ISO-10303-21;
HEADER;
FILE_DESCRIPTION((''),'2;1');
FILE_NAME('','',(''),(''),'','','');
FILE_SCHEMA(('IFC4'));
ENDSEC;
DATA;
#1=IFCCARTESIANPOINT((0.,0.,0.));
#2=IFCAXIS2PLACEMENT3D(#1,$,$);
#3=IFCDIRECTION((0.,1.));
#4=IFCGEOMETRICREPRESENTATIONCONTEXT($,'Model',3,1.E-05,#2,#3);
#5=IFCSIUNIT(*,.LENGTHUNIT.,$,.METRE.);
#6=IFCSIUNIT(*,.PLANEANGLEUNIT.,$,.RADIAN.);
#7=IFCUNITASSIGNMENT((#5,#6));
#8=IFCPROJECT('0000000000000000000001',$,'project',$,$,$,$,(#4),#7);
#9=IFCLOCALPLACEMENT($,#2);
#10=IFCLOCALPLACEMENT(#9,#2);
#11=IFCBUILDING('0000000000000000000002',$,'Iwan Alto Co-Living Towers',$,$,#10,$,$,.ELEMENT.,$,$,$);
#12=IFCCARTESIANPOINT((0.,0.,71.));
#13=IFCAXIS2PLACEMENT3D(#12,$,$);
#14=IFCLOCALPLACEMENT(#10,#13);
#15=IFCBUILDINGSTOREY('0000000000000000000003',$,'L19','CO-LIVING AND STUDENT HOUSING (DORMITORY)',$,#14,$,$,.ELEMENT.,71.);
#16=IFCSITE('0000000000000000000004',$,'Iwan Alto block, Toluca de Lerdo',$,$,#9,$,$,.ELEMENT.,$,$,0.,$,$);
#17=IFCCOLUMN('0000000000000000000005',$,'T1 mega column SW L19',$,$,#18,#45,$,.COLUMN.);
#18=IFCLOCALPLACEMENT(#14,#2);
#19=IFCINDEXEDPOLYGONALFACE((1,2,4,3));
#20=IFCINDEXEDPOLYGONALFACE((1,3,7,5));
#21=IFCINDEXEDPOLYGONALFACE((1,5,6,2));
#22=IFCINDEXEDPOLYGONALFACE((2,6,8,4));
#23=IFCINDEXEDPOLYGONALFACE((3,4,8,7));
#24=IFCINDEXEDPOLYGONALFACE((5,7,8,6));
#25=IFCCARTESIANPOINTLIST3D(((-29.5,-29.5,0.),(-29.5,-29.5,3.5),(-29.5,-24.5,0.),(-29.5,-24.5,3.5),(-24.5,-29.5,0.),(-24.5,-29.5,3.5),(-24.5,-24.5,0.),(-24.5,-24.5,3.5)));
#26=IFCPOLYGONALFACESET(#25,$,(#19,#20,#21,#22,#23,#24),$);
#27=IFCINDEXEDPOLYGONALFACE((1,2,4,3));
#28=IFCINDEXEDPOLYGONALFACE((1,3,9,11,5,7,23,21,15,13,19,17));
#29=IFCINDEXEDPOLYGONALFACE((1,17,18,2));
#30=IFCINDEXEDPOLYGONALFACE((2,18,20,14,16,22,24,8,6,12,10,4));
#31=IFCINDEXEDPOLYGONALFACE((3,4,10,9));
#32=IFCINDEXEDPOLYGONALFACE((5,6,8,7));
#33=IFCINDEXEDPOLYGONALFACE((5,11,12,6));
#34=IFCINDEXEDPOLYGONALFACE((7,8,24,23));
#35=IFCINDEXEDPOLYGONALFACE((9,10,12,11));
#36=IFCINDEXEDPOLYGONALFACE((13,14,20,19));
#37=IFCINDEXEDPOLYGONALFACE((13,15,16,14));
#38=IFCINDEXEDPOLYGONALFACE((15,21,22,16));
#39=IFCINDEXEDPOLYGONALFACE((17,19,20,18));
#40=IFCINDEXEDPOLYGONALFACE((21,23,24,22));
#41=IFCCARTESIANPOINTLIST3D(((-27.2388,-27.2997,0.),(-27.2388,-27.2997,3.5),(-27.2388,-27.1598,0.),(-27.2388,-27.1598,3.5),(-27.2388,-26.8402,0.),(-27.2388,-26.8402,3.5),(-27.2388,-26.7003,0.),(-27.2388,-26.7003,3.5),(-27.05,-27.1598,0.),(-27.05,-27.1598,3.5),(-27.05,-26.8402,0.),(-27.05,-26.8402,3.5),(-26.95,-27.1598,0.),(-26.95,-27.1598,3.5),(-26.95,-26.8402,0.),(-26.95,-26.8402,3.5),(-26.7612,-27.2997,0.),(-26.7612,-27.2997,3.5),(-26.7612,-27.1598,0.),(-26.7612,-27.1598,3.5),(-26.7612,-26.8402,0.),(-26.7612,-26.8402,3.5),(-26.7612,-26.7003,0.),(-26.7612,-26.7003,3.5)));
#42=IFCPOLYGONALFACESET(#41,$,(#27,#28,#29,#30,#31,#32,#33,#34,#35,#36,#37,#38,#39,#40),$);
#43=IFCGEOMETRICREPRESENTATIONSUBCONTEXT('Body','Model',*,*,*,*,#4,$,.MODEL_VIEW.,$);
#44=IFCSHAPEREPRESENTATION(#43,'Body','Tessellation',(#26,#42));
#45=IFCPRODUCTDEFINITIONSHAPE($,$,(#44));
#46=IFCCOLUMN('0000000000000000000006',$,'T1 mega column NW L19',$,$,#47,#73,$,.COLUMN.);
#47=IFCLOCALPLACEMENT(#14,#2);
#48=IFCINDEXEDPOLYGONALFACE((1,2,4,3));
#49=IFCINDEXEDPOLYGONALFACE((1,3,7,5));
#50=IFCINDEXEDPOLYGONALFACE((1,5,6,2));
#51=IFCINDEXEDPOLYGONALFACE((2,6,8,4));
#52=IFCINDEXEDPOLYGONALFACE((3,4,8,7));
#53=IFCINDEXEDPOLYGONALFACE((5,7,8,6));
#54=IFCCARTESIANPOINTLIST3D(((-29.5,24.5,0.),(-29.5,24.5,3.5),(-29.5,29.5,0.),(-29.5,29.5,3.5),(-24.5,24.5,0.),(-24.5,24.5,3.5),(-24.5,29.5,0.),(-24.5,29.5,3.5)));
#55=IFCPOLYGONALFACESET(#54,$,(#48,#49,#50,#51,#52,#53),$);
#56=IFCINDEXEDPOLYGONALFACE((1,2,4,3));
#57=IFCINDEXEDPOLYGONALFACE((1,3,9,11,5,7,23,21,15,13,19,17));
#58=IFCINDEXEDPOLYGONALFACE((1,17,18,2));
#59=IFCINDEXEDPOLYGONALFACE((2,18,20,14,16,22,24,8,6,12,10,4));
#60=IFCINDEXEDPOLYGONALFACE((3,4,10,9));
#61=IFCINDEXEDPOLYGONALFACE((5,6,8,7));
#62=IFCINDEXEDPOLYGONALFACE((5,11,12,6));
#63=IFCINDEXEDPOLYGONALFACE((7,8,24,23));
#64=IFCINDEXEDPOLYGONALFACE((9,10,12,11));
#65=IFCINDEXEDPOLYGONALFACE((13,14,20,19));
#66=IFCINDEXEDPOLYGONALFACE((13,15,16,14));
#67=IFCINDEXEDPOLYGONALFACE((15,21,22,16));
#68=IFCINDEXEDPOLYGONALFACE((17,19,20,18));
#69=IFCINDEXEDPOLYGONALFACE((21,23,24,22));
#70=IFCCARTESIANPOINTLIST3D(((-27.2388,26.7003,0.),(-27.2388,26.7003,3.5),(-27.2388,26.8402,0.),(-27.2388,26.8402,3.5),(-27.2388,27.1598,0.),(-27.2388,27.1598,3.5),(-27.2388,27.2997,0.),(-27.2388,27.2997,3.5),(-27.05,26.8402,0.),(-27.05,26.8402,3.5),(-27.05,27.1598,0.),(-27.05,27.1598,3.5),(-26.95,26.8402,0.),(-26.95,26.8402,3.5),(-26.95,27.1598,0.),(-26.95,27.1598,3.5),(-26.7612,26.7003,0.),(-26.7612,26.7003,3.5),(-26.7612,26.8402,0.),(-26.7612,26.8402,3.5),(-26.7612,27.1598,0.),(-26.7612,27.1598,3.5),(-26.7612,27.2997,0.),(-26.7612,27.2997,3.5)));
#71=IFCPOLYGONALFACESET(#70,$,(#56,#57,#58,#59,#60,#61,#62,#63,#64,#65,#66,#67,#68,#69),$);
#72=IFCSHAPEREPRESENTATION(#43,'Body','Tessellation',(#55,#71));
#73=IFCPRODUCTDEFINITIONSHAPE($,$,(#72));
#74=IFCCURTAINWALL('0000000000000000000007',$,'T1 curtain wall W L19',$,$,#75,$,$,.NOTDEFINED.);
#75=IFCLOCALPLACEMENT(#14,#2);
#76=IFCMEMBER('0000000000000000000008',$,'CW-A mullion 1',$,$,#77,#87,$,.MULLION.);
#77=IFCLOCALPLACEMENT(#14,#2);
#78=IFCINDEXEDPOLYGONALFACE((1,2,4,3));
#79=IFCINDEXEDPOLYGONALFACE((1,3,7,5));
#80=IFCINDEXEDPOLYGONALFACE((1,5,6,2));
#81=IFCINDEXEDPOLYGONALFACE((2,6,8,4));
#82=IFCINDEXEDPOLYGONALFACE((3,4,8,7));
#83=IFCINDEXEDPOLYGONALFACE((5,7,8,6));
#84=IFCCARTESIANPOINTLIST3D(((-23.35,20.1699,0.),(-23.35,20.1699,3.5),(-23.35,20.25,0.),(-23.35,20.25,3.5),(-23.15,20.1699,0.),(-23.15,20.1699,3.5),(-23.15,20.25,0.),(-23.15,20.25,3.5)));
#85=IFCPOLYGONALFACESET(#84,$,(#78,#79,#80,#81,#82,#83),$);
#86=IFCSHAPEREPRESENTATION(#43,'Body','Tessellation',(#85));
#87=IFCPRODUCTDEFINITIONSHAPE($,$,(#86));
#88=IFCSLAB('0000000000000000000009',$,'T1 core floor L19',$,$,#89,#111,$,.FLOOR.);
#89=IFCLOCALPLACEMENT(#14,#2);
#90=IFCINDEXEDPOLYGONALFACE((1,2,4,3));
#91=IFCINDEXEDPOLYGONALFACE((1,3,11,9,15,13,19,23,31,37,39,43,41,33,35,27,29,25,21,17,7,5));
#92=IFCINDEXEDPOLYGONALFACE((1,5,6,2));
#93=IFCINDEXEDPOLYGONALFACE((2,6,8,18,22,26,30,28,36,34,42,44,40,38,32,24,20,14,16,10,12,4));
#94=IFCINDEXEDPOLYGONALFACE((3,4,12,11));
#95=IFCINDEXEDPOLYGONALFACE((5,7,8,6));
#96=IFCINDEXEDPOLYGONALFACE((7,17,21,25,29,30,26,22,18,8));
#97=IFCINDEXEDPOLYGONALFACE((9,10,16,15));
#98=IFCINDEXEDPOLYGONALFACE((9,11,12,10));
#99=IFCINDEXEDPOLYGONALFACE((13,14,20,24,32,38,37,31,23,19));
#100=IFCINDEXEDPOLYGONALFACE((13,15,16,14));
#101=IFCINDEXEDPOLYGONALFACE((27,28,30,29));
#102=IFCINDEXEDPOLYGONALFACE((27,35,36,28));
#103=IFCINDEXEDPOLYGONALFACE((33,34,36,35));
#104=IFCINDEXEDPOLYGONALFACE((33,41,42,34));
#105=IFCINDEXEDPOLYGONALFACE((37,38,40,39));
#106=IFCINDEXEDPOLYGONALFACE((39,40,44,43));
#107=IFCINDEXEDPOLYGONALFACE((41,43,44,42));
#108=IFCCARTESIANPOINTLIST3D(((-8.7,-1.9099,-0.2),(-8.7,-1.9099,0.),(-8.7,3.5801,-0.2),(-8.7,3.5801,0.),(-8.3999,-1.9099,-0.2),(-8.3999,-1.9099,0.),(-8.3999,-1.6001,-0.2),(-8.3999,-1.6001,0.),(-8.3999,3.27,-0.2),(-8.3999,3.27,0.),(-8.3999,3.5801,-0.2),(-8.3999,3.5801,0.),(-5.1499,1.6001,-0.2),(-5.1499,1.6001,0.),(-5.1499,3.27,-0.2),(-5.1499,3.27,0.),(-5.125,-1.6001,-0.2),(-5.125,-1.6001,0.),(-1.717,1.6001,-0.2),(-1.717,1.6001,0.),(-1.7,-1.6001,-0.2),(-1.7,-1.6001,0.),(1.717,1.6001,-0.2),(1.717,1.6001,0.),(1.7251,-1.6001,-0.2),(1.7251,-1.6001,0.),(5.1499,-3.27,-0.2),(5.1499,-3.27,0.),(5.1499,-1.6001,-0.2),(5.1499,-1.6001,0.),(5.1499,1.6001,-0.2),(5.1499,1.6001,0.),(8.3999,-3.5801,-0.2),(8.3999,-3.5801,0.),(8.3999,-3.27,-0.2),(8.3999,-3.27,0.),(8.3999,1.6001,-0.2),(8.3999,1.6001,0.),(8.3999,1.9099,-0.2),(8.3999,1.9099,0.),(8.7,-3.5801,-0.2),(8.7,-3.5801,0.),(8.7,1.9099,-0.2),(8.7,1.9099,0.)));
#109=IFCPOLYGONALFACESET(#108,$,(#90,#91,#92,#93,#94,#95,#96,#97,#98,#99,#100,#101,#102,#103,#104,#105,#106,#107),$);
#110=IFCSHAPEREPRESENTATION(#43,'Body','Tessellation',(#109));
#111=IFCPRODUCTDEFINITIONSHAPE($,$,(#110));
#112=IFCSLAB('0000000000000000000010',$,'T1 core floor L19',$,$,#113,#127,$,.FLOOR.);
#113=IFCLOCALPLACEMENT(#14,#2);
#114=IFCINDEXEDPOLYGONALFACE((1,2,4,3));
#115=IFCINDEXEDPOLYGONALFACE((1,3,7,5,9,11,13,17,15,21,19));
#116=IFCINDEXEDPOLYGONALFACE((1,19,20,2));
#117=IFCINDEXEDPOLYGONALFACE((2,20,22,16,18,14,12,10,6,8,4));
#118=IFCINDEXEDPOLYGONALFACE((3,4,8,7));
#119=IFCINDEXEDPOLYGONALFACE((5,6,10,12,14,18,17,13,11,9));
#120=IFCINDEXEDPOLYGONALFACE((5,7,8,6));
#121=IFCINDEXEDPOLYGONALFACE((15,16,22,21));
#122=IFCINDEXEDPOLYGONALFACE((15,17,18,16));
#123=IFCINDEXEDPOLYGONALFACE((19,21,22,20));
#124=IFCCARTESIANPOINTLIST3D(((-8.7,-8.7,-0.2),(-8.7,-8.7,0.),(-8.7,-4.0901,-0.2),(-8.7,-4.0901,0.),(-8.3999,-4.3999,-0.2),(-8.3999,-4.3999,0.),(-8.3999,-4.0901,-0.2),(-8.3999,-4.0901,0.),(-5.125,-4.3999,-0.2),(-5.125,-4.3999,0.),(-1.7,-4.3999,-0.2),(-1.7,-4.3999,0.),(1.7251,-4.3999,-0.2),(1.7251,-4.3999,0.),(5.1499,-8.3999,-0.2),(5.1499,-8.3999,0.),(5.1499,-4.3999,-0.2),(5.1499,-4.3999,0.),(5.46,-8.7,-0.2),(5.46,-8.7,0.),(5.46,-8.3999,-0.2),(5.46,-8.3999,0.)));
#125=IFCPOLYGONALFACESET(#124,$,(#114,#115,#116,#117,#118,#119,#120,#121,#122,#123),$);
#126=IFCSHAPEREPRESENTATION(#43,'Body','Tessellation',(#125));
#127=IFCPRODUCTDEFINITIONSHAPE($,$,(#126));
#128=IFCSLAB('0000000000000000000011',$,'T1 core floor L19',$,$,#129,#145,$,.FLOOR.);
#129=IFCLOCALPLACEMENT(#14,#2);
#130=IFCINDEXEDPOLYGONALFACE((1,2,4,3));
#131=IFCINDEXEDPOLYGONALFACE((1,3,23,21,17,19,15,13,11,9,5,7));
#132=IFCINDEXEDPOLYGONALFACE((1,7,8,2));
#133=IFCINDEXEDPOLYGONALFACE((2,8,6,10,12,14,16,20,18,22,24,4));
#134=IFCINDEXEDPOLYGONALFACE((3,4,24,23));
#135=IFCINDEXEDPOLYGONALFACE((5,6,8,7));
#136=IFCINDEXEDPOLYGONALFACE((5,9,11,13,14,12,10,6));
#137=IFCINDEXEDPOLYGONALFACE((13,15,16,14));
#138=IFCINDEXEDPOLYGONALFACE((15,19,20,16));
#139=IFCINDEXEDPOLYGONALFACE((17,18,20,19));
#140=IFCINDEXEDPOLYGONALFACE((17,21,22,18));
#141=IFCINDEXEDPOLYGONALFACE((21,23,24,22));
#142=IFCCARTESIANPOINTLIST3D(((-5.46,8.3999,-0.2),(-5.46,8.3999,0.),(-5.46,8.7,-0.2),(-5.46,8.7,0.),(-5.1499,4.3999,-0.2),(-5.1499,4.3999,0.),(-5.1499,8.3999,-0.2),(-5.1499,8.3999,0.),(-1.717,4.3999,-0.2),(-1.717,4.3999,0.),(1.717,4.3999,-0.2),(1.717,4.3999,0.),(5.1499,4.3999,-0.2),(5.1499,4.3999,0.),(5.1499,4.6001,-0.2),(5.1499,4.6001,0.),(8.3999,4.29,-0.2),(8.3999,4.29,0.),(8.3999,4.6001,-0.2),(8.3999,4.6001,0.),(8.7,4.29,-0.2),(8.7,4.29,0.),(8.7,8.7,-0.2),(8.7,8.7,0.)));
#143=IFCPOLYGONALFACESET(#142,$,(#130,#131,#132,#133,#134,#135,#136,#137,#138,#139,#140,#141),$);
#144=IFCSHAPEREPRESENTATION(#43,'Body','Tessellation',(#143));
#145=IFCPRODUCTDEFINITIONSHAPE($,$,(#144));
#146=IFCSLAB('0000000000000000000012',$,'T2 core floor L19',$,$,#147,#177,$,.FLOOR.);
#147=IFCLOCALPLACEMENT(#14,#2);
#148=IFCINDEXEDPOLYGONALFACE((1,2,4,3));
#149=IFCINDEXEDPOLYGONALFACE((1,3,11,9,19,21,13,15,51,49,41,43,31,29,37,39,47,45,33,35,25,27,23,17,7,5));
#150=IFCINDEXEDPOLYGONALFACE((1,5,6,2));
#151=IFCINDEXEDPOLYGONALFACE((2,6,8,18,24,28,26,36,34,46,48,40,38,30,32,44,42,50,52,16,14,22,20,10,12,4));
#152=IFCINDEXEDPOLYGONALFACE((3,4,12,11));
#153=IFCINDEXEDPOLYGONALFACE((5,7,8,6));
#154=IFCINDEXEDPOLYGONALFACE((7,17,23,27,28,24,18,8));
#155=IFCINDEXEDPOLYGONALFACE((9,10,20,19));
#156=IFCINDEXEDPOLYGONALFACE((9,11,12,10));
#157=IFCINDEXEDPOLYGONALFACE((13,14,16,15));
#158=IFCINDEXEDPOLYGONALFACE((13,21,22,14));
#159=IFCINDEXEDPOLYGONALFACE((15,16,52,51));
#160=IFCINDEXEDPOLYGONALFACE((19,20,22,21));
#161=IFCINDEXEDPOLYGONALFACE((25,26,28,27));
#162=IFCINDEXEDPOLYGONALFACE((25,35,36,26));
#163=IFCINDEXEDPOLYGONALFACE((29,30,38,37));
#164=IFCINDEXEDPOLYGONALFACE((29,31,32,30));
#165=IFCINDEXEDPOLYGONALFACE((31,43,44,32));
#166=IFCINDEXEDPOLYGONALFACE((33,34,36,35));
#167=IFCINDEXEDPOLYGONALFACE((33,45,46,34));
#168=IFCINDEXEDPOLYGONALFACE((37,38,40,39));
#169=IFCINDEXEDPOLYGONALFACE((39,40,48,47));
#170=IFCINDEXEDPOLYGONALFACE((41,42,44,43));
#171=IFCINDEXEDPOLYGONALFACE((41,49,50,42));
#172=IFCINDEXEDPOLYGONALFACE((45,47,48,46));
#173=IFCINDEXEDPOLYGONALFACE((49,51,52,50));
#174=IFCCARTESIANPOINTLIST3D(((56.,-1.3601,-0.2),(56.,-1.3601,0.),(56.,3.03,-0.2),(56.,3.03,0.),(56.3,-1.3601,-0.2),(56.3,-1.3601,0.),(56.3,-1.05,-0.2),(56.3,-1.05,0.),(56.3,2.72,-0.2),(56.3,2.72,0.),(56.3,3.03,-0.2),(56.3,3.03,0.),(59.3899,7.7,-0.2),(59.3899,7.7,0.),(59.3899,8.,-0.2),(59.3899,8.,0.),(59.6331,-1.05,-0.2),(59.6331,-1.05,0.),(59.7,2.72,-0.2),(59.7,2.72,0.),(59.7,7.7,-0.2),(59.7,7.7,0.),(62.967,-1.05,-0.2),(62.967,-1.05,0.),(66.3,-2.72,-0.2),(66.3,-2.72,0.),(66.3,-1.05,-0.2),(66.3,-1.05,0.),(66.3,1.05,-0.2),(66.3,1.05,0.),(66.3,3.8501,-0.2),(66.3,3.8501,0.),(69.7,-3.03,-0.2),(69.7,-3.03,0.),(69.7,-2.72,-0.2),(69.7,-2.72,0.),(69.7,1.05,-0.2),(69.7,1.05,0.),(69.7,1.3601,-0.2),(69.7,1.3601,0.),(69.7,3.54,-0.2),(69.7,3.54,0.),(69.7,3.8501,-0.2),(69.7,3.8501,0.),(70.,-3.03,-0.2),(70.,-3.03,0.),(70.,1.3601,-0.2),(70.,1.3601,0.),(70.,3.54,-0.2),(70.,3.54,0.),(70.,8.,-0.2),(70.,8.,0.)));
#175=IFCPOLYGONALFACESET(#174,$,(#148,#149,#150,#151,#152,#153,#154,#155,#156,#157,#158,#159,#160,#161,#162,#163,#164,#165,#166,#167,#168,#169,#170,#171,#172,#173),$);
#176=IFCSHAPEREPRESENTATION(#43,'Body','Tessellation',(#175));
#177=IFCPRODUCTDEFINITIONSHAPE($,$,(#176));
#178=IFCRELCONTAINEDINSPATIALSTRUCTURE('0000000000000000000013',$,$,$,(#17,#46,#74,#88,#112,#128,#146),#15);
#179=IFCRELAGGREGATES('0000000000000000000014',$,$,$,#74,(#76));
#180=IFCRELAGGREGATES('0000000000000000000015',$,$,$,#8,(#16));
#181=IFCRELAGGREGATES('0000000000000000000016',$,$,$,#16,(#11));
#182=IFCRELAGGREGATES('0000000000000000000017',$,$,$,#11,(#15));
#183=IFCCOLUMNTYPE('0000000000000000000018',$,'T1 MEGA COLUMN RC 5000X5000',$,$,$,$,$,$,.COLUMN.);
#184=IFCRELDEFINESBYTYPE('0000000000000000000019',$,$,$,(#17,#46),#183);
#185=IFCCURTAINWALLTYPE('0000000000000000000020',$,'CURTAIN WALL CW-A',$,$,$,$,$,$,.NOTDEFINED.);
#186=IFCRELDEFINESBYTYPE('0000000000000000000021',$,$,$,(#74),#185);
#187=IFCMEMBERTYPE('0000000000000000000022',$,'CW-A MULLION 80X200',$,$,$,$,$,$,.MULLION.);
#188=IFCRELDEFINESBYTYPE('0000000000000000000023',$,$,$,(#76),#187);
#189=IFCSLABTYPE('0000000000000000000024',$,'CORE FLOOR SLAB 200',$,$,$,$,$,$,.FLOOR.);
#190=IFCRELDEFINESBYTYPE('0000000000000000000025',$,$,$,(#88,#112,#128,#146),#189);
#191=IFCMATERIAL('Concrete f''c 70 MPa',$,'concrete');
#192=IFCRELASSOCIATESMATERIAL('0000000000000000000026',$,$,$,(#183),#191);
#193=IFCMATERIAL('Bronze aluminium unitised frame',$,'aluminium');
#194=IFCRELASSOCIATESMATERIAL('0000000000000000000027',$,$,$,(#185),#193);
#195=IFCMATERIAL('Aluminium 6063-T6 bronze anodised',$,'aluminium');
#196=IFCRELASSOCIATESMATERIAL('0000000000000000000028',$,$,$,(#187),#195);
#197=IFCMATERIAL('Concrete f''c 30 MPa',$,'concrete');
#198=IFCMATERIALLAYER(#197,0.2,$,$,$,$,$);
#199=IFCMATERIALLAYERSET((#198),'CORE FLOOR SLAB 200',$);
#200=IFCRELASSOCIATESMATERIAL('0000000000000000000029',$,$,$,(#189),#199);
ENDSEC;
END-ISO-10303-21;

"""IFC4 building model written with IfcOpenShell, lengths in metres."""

from ifc_helpers import new_model, si_unit, direction, frame, origin, origin_2d, place, context, subcontext, project, spatial, polyline, rectangle, i_section, outline, extrude, material, layer, layer_set, material_profile, profile_set, type_object, element, aggregate, save


model = new_model("IFC4")

# Units and contexts
model_context = context("Model", 3, precision=1e-05, world=origin(), true_north=direction((0.0, 1.0)))
body_context = subcontext(model_context, "Body", "Model", "MODEL_VIEW")
ifc_project = project(units=[si_unit("LENGTHUNIT", "METRE"), si_unit("PLANEANGLEUNIT", "RADIAN")], contexts=[model_context])

# Site, building, storey
site_placement = place(None, origin())
site = spatial("IfcSite", under=ifc_project, at=site_placement, Name="Iwan Alto block, Toluca de Lerdo", CompositionType="ELEMENT", RefElevation=0.0)
building_placement = place(site_placement, origin())
building = spatial("IfcBuilding", under=site, at=building_placement, Name="Iwan Alto Co-Living Towers", CompositionType="ELEMENT")
storey_placement = place(building_placement, frame((0.0, 0.0, 71.0)))
storey = spatial("IfcBuildingStorey", under=building, at=storey_placement, Name="L19", Description="CO-LIVING AND STUDENT HOUSING (DORMITORY)", CompositionType="ELEMENT", Elevation=71.0)

# Columns
ifc_material_1 = material(Name="Concrete f'c 70 MPa", Category="concrete")
ifc_material_profile_1 = material_profile(ifc_material_1, rectangle(XDim=5.0, YDim=5.0, at=origin_2d()), Name="RC 5000X5000")
ifc_profile_set_1 = profile_set([ifc_material_profile_1], Name="Concrete f'c 70 MPa")
column_type = type_object("IfcColumnType", Name="T1 MEGA COLUMN RC 5000X5000", PredefinedType="COLUMN", material=ifc_profile_set_1)
for number, where, z_axis, x_axis, name in (
    (1, (-27.0, -27.0, 0.0), (0.0, 0.0, 1.0), (1.0, 0.0, 0.0), "T1 mega column SW L19"),
    (2, (-27.0, 27.0, 0.0), (0.0, 0.0, 1.0), (1.0, 0.0, 0.0), "T1 mega column NW L19"),
):
    element("IfcColumn", number, at=place(storey_placement, frame(where, z_axis=z_axis, x_axis=x_axis)), inside=storey, type_object=column_type, Name=name, PredefinedType="COLUMN", context=body_context, shape_type="SweptSolid", body=[
        extrude(rectangle(XDim=5.0, YDim=5.0, at=origin_2d()), origin(), (0.0, 0.0, 1.0), 3.5),
        extrude(i_section(OverallWidth=0.4775, OverallDepth=0.5994, WebThickness=0.1001, FlangeThickness=0.1399, at=origin_2d()), origin(), (0.0, 0.0, 1.0), 3.5),
    ])

# Curtain wall, member
ifc_material_2 = material(Name="Bronze aluminium unitised frame", Category="aluminium")
curtain_wall_type = type_object("IfcCurtainWallType", Name="CURTAIN WALL CW-A", PredefinedType="NOTDEFINED", material=ifc_material_2)
curtain_wall_placement = place(storey_placement, origin())
curtain_wall = element("IfcCurtainWall", 3, at=curtain_wall_placement, inside=storey, type_object=curtain_wall_type, Name="T1 curtain wall W L19", PredefinedType="NOTDEFINED")
ifc_material_3 = material(Name="Aluminium 6063-T6 bronze anodised", Category="aluminium")
ifc_material_profile_2 = material_profile(ifc_material_3, rectangle(XDim=0.2, YDim=0.0801, at=origin_2d()), Name="AL 80X200")
ifc_profile_set_2 = profile_set([ifc_material_profile_2], Name="Aluminium 6063-T6 bronze anodised")
member_type = type_object("IfcMemberType", Name="CW-A MULLION 80X200", PredefinedType="MULLION", material=ifc_profile_set_2)
member_placement = place(storey_placement, frame((-23.25, 20.21, 0.0), z_axis=(0.0, 0.0, 1.0), x_axis=(1.0, 0.0, 0.0)))
member = element("IfcMember", 4, at=member_placement, type_object=member_type, Name="CW-A mullion 1", PredefinedType="MULLION", context=body_context, shape_type="SweptSolid", body=[
    extrude(rectangle(XDim=0.2, YDim=0.0801, at=origin_2d()), origin(), (0.0, 0.0, 1.0), 3.5),
])
aggregate(curtain_wall, [member])

# Slabs
ifc_material_4 = material(Name="Concrete f'c 30 MPa", Category="concrete")
ifc_layer_1 = layer(ifc_material_4, 0.2)
ifc_layer_set_1 = layer_set([ifc_layer_1], Name="CORE FLOOR SLAB 200")
slab_type_1 = type_object("IfcSlabType", Name="CORE FLOOR SLAB 200", PredefinedType="FLOOR", material=ifc_layer_set_1)
slab_1_placement = place(storey_placement, frame((0.0, 0.0, -0.2)))
element("IfcSlab", 5, at=slab_1_placement, inside=storey, type_object=slab_type_1, Name="T1 core floor L19", PredefinedType="FLOOR", context=body_context, shape_type="SweptSolid", body=[
    extrude(outline(polyline([(8.7, -3.5801), (8.3999, -3.5801), (8.3999, -3.27), (5.1499, -3.27), (5.1499, -1.6001), (1.7251, -1.6001), (-1.7, -1.6001), (-5.125, -1.6001), (-8.3999, -1.6001), (-8.3999, -1.9099), (-8.7, -1.9099), (-8.7, 3.5801), (-8.3999, 3.5801), (-8.3999, 3.27), (-5.1499, 3.27), (-5.1499, 1.6001), (-1.717, 1.6001), (1.717, 1.6001), (5.1499, 1.6001), (8.3999, 1.6001), (8.3999, 1.9099), (8.7, 1.9099), (8.7, -3.5801)])), origin(), (0.0, 0.0, 1.0), 0.2),
])
slab_2_placement = place(storey_placement, frame((0.0, 0.0, -0.2)))
element("IfcSlab", 6, at=slab_2_placement, inside=storey, type_object=slab_type_1, Name="T1 core floor L19", PredefinedType="FLOOR", context=body_context, shape_type="SweptSolid", body=[
    extrude(outline(polyline([(-1.7, -4.3999), (1.7251, -4.3999), (5.1499, -4.3999), (5.1499, -8.3999), (5.46, -8.3999), (5.46, -8.7), (-8.7, -8.7), (-8.7, -4.0901), (-8.3999, -4.0901), (-8.3999, -4.3999), (-5.125, -4.3999), (-1.7, -4.3999)])), origin(), (0.0, 0.0, 1.0), 0.2),
])
slab_3_placement = place(storey_placement, frame((0.0, 0.0, -0.2)))
element("IfcSlab", 7, at=slab_3_placement, inside=storey, type_object=slab_type_1, Name="T1 core floor L19", PredefinedType="FLOOR", context=body_context, shape_type="SweptSolid", body=[
    extrude(outline(polyline([(1.717, 4.3999), (-1.717, 4.3999), (-5.1499, 4.3999), (-5.1499, 8.3999), (-5.46, 8.3999), (-5.46, 8.7), (8.7, 8.7), (8.7, 4.29), (8.3999, 4.29), (8.3999, 4.6001), (5.1499, 4.6001), (5.1499, 4.3999), (1.717, 4.3999)])), origin(), (0.0, 0.0, 1.0), 0.2),
])
slab_4_placement = place(storey_placement, frame((0.0, 0.0, -0.2)))
element("IfcSlab", 8, at=slab_4_placement, inside=storey, type_object=slab_type_1, Name="T2 core floor L19", PredefinedType="FLOOR", context=body_context, shape_type="SweptSolid", body=[
    extrude(outline(polyline([(70.0, -3.03), (69.7, -3.03), (69.7, -2.72), (66.3, -2.72), (66.3, -1.05), (62.967, -1.05), (59.6331, -1.05), (56.3, -1.05), (56.3, -1.3601), (56.0, -1.3601), (56.0, 3.03), (56.3, 3.03), (56.3, 2.72), (59.7, 2.72), (59.7, 7.7), (59.3899, 7.7), (59.3899, 8.0), (70.0, 8.0), (70.0, 3.54), (69.7, 3.54), (69.7, 3.8501), (66.3, 3.8501), (66.3, 1.05), (69.7, 1.05), (69.7, 1.3601), (70.0, 1.3601), (70.0, -3.03)])), origin(), (0.0, 0.0, 1.0), 0.2),
])

save(model, "model.ifc")
